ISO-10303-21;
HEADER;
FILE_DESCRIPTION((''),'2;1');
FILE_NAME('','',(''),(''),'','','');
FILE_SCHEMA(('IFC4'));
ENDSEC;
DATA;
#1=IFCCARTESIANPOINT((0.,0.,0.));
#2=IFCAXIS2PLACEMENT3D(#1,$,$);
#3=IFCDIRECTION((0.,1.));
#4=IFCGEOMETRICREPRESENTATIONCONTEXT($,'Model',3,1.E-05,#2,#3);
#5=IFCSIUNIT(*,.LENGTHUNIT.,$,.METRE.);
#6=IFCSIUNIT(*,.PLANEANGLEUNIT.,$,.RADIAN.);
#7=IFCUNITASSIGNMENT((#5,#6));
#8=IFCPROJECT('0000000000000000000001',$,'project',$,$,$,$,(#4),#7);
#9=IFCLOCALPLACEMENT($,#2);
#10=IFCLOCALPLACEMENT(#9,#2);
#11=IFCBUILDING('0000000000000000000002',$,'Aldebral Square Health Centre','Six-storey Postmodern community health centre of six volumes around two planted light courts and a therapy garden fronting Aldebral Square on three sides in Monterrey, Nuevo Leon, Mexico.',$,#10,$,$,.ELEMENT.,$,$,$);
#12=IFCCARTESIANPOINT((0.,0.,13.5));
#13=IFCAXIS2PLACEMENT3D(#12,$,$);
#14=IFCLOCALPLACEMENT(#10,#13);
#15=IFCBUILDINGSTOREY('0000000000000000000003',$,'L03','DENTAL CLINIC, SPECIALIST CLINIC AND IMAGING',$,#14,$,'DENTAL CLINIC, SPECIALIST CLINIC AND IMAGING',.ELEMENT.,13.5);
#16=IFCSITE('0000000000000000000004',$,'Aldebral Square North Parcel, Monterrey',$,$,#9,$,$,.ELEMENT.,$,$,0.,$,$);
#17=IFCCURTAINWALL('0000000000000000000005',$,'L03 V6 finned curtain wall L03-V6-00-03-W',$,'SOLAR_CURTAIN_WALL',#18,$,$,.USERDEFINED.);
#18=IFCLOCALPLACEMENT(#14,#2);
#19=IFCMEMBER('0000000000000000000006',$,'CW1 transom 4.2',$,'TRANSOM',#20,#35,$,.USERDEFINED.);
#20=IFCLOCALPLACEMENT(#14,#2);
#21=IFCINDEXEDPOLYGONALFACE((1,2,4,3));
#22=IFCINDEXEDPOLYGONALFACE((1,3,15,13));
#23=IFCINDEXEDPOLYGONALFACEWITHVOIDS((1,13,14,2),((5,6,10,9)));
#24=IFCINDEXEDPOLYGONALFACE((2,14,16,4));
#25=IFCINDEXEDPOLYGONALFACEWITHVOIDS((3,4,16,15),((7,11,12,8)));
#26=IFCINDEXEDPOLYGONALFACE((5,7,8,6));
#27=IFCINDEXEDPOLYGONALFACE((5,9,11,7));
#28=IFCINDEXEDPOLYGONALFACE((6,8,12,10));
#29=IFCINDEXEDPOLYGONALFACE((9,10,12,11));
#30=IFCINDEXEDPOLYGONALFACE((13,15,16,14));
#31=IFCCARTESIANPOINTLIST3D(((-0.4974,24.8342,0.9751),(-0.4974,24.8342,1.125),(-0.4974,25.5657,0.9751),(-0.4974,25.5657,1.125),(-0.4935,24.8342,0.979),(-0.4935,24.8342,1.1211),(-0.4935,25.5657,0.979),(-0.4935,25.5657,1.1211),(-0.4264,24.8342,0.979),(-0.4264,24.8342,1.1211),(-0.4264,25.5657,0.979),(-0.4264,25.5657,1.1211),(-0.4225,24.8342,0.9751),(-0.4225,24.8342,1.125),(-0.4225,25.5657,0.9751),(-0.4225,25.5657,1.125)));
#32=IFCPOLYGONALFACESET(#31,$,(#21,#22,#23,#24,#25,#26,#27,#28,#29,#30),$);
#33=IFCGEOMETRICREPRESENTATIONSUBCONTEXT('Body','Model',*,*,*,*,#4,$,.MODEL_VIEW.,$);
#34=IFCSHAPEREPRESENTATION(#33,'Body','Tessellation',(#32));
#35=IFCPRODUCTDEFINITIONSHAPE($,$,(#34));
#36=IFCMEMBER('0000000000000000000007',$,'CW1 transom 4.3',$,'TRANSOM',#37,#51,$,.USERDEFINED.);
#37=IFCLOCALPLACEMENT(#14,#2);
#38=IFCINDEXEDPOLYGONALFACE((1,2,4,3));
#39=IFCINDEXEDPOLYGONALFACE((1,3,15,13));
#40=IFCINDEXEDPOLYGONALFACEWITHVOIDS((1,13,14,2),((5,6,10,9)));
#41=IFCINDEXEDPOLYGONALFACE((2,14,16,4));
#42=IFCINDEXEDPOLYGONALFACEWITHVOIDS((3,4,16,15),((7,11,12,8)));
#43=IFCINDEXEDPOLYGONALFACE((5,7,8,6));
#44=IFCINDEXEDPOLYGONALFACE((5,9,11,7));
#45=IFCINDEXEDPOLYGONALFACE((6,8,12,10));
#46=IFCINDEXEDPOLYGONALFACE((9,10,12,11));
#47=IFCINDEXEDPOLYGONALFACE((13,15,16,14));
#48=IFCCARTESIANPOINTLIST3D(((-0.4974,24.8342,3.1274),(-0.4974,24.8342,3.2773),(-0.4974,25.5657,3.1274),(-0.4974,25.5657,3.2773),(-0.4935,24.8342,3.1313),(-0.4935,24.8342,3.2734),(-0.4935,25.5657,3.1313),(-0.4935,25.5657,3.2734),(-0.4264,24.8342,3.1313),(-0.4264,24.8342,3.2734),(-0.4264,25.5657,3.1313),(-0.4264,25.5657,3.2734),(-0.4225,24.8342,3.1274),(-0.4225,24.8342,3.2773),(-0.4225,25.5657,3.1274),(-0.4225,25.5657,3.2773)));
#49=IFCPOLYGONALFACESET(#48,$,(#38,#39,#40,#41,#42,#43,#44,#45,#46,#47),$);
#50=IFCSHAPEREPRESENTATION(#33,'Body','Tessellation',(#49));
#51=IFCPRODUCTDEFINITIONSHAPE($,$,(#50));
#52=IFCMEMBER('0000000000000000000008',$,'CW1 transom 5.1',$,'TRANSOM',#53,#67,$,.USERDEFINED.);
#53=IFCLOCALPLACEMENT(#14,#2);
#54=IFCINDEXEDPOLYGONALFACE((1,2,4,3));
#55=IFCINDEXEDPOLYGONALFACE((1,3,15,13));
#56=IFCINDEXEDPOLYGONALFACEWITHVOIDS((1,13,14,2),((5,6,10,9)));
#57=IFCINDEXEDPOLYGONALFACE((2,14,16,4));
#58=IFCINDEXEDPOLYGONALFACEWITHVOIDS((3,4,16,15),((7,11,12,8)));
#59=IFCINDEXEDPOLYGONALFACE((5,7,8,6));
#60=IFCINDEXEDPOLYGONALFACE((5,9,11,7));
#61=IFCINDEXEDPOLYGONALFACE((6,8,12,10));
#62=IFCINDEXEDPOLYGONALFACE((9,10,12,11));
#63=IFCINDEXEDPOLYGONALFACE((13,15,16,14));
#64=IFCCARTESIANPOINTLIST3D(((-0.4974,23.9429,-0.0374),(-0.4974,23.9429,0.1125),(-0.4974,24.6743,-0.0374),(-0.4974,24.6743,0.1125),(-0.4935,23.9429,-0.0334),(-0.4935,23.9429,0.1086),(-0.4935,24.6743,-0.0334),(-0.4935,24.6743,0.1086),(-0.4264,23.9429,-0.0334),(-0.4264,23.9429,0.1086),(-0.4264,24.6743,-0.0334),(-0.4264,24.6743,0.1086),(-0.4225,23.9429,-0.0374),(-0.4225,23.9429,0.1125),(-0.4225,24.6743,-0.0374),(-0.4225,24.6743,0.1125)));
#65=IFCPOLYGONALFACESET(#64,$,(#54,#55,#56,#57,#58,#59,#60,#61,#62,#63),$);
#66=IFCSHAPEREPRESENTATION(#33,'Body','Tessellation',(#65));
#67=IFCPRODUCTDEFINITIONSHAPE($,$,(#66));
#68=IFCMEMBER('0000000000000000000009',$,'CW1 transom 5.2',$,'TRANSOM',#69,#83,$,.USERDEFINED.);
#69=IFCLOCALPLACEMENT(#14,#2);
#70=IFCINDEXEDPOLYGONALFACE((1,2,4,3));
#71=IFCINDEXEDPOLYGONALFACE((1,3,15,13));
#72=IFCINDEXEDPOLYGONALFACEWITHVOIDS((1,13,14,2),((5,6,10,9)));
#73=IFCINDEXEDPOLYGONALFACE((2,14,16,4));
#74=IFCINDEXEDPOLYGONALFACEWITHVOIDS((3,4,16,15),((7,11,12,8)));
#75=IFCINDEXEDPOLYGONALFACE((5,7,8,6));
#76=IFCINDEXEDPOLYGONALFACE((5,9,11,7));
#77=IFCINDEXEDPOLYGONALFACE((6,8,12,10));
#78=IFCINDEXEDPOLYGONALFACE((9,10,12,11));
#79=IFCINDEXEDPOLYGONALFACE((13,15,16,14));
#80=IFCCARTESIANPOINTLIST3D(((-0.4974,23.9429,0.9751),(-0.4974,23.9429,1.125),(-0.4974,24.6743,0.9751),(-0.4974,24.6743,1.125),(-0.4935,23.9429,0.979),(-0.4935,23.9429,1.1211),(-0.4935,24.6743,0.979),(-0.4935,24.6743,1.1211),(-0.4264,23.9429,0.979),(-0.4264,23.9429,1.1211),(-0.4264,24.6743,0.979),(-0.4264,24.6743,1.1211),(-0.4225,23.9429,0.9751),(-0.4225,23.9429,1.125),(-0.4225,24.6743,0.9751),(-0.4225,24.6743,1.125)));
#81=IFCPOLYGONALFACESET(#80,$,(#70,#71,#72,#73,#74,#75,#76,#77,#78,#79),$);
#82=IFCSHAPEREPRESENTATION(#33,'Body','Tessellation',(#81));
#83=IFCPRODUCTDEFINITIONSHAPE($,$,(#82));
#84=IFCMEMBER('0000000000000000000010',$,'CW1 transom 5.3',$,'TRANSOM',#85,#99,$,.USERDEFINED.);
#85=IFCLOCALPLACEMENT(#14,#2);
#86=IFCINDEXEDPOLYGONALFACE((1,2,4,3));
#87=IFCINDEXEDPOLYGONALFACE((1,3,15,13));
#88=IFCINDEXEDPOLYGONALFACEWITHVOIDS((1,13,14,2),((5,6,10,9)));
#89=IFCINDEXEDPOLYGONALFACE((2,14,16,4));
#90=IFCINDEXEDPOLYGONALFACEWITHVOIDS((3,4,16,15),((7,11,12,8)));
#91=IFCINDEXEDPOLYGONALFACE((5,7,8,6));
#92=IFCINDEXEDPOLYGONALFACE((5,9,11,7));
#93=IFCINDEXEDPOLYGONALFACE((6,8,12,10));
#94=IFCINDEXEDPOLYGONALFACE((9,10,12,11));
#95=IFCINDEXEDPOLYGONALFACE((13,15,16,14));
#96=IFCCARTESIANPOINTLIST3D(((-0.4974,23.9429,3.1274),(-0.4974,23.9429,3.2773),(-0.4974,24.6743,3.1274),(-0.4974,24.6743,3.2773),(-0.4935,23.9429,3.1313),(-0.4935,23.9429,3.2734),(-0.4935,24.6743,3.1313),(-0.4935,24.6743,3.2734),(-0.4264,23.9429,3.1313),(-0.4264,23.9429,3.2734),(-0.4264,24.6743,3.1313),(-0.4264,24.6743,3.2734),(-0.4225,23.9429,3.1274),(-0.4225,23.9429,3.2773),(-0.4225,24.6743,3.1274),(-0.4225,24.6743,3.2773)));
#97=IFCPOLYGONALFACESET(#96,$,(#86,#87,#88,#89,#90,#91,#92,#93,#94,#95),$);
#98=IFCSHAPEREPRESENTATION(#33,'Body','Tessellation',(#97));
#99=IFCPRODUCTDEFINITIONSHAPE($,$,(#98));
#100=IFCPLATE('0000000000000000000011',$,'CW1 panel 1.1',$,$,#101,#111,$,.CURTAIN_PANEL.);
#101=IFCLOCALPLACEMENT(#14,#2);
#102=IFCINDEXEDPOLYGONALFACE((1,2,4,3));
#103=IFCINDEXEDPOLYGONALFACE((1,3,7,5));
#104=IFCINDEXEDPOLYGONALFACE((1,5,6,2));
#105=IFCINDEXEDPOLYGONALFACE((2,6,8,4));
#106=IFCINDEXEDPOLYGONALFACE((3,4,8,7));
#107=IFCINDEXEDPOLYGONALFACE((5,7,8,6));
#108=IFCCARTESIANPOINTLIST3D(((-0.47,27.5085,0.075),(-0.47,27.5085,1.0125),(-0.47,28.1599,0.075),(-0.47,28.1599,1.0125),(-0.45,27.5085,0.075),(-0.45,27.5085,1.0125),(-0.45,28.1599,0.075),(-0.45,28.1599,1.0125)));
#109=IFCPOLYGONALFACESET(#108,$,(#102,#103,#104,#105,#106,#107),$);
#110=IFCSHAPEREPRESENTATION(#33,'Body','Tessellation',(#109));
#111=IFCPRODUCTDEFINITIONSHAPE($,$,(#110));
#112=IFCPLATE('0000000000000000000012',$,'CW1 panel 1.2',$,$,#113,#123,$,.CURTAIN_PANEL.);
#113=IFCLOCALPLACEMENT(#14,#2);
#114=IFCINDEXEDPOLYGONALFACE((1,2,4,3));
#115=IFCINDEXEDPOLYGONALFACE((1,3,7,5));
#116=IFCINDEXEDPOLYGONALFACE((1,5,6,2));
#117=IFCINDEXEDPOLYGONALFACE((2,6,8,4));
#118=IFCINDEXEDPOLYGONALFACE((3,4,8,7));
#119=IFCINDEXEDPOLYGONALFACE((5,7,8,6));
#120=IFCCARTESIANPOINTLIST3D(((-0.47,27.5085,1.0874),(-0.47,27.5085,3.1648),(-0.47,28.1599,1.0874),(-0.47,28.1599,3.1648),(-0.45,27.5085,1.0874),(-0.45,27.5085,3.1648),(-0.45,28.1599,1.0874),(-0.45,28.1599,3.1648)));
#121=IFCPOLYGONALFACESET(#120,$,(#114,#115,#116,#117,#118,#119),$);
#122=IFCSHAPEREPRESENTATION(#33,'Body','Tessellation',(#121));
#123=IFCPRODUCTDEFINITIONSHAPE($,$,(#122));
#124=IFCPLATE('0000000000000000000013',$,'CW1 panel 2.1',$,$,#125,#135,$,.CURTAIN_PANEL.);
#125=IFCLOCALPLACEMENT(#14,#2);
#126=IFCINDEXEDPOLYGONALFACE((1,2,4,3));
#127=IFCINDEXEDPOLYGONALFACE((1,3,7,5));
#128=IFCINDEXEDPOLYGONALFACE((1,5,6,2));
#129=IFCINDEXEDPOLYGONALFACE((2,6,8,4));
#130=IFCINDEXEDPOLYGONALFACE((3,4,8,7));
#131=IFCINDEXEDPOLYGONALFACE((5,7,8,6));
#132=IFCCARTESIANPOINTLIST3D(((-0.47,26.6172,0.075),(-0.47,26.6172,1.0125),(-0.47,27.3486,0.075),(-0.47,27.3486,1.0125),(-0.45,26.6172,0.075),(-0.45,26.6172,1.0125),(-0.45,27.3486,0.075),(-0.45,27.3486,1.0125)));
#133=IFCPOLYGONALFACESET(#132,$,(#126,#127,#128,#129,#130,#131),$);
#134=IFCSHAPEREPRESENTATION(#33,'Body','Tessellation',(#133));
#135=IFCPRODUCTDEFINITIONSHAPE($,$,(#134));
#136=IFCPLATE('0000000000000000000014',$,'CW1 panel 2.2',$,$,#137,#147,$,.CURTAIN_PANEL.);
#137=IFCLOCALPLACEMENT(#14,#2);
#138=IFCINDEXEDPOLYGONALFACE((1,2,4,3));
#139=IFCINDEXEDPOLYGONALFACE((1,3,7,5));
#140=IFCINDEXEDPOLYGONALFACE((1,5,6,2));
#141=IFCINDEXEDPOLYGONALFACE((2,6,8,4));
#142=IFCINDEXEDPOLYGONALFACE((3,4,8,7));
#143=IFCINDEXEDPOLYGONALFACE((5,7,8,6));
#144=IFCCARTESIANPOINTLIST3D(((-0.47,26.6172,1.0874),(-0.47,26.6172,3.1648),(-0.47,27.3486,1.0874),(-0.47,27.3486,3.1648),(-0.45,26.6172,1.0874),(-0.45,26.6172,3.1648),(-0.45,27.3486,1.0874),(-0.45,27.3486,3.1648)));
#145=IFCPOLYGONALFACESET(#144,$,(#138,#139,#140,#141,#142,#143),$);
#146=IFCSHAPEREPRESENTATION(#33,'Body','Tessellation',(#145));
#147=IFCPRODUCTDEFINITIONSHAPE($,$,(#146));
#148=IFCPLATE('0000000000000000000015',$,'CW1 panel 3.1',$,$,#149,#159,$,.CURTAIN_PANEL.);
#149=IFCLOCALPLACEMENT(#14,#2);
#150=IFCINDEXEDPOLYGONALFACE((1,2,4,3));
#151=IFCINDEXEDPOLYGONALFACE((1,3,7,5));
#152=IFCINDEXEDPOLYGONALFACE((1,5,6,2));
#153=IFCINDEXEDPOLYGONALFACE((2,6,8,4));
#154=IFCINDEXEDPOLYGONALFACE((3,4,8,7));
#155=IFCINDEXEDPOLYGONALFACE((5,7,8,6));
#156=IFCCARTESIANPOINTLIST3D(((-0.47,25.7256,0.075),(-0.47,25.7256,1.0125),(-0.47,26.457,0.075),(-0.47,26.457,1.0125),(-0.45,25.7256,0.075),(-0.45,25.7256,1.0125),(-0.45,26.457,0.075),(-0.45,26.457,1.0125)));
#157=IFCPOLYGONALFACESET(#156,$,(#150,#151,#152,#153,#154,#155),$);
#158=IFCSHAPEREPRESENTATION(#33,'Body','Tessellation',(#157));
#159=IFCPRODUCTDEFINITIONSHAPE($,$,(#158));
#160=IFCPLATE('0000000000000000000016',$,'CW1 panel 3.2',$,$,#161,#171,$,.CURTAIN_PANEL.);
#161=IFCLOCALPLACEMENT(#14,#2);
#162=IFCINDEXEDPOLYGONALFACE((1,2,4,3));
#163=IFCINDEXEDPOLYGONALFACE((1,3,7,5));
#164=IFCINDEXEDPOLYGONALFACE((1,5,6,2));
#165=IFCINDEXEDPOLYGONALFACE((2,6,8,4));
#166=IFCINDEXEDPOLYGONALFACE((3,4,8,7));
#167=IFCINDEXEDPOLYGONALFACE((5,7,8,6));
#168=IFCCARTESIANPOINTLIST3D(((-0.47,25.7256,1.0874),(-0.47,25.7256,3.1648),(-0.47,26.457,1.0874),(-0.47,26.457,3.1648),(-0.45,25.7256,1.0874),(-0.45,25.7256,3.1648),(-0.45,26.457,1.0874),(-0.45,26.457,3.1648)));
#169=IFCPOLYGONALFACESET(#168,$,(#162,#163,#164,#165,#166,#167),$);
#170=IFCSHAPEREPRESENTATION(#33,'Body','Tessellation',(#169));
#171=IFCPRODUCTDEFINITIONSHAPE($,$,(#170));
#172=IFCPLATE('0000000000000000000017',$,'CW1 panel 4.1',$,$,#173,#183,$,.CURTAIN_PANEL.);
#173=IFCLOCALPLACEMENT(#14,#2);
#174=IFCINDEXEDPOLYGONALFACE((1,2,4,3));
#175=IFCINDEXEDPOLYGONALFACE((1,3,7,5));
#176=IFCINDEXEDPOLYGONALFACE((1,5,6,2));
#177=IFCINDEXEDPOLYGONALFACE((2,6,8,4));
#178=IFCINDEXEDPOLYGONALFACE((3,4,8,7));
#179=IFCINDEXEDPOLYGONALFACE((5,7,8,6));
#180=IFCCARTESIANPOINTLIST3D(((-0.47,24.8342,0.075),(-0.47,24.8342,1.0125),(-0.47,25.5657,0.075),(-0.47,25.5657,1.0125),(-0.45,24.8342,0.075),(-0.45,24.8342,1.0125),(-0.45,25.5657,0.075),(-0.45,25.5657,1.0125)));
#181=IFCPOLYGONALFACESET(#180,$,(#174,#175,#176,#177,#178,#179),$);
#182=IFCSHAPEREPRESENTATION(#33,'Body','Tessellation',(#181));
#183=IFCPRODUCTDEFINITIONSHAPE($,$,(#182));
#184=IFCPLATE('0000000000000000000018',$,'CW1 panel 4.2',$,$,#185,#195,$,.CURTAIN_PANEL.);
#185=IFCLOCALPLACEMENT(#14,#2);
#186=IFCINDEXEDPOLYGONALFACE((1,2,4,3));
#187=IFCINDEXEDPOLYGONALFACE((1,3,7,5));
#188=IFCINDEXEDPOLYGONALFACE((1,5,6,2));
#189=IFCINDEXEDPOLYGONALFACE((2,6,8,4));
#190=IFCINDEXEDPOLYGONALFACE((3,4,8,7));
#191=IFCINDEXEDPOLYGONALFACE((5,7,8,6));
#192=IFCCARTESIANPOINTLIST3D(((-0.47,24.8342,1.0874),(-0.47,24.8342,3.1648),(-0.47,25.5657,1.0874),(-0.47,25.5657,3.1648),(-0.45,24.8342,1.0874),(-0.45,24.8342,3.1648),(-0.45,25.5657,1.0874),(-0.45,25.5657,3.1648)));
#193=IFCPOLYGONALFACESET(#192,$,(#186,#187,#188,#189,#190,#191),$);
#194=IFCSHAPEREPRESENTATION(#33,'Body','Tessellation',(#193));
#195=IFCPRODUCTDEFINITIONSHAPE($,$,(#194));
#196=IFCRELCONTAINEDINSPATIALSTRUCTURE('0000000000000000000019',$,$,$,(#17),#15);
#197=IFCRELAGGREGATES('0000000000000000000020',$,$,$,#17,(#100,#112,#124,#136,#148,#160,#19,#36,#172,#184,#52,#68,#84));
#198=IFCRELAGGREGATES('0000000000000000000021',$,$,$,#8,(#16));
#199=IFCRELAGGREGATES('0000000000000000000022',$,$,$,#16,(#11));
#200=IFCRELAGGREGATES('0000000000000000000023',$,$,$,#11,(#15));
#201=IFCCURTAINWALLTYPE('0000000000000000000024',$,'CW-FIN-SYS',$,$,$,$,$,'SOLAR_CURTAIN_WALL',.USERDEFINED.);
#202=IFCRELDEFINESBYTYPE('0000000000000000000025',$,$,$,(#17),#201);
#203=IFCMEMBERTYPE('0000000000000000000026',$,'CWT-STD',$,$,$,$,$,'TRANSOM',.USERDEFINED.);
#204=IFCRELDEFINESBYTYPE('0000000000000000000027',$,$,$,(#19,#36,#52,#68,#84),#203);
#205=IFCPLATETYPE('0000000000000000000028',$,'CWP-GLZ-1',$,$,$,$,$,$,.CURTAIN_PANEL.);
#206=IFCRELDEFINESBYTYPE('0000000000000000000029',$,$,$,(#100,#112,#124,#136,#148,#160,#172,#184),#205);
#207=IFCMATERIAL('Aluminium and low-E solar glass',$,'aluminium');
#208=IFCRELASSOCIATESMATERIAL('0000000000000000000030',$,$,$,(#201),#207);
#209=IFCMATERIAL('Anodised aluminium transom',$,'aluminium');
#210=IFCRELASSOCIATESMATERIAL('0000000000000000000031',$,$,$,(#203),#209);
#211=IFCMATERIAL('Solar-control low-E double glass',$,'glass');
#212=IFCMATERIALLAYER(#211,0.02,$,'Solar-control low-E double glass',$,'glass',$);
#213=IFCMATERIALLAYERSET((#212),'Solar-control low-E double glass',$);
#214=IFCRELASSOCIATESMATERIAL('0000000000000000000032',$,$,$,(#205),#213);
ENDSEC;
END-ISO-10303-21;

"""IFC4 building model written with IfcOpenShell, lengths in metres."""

from ifc_helpers import new_model, si_unit, direction, frame, origin, origin_2d, place, context, subcontext, project, spatial, rectangle, hollow_rectangle, extrude, material, layer, layer_set, material_profile, profile_set, type_object, element, aggregate, save


model = new_model("IFC4")

# Units and contexts
model_context = context("Model", 3, precision=1e-05, world=origin(), true_north=direction((0.0, 1.0)))
body_context = subcontext(model_context, "Body", "Model", "MODEL_VIEW")
ifc_project = project(units=[si_unit("LENGTHUNIT", "METRE"), si_unit("PLANEANGLEUNIT", "RADIAN")], contexts=[model_context])

# Site, building, storey
site_placement = place(None, origin())
site = spatial("IfcSite", under=ifc_project, at=site_placement, Name="Aldebral Square North Parcel, Monterrey", CompositionType="ELEMENT", RefElevation=0.0)
building_placement = place(site_placement, origin())
building = spatial("IfcBuilding", under=site, at=building_placement, Name="Aldebral Square Health Centre", Description="Six-storey Postmodern community health centre of six volumes around two planted light courts and a therapy garden fronting Aldebral Square on three sides in Monterrey, Nuevo Leon, Mexico.", CompositionType="ELEMENT")
storey_placement = place(building_placement, frame((0.0, 0.0, 13.5)))
storey = spatial("IfcBuildingStorey", under=building, at=storey_placement, Name="L03", Description="DENTAL CLINIC, SPECIALIST CLINIC AND IMAGING", LongName="DENTAL CLINIC, SPECIALIST CLINIC AND IMAGING", CompositionType="ELEMENT", Elevation=13.5)

# Curtain wall, members, plates
ifc_material_1 = material(Name="Aluminium and low-E solar glass", Category="aluminium")
curtain_wall_type = type_object("IfcCurtainWallType", Name="CW-FIN-SYS", ElementType="SOLAR_CURTAIN_WALL", PredefinedType="USERDEFINED", material=ifc_material_1)
curtain_wall_placement = place(storey_placement, origin())
curtain_wall = element("IfcCurtainWall", 1, at=curtain_wall_placement, inside=storey, type_object=curtain_wall_type, Name="L03 V6 finned curtain wall L03-V6-00-03-W", ObjectType="SOLAR_CURTAIN_WALL", PredefinedType="USERDEFINED")
ifc_material_2 = material(Name="Anodised aluminium transom", Category="aluminium")
ifc_material_profile_1 = material_profile(ifc_material_2, hollow_rectangle(XDim=0.075, YDim=0.1499, WallThickness=0.0039, at=origin_2d()), Name="CWT 75x150x4")
ifc_profile_set_1 = profile_set([ifc_material_profile_1], Name="Anodised aluminium transom")
member_type_1 = type_object("IfcMemberType", Name="CWT-STD", ElementType="TRANSOM", PredefinedType="USERDEFINED", material=ifc_profile_set_1)
member_1_placement = place(storey_placement, frame((-0.46, 25.5657, 1.05), z_axis=(0.0, -1.0, 0.0), x_axis=(1.0, 0.0, 0.0)))
member_1 = element("IfcMember", 2, at=member_1_placement, type_object=member_type_1, Name="CW1 transom 4.2", ObjectType="TRANSOM", PredefinedType="USERDEFINED", context=body_context, shape_type="SweptSolid", body=[
    extrude(hollow_rectangle(XDim=0.075, YDim=0.1499, WallThickness=0.0039, at=origin_2d()), origin(), (0.0, 0.0, 1.0), 0.7314),
])
member_2_placement = place(storey_placement, frame((-0.46, 25.5657, 3.2024), z_axis=(0.0, -1.0, 0.0), x_axis=(1.0, 0.0, 0.0)))
member_2 = element("IfcMember", 3, at=member_2_placement, type_object=member_type_1, Name="CW1 transom 4.3", ObjectType="TRANSOM", PredefinedType="USERDEFINED", context=body_context, shape_type="SweptSolid", body=[
    extrude(hollow_rectangle(XDim=0.075, YDim=0.1499, WallThickness=0.0039, at=origin_2d()), origin(), (0.0, 0.0, 1.0), 0.7314),
])
member_3_placement = place(storey_placement, frame((-0.46, 24.6743, 0.0376), z_axis=(0.0, -1.0, 0.0), x_axis=(1.0, 0.0, 0.0)))
member_3 = element("IfcMember", 4, at=member_3_placement, type_object=member_type_1, Name="CW1 transom 5.1", ObjectType="TRANSOM", PredefinedType="USERDEFINED", context=body_context, shape_type="SweptSolid", body=[
    extrude(hollow_rectangle(XDim=0.075, YDim=0.1499, WallThickness=0.0039, at=origin_2d()), origin(), (0.0, 0.0, 1.0), 0.7314),
])
member_4_placement = place(storey_placement, frame((-0.46, 24.6743, 1.05), z_axis=(0.0, -1.0, 0.0), x_axis=(1.0, 0.0, 0.0)))
member_4 = element("IfcMember", 5, at=member_4_placement, type_object=member_type_1, Name="CW1 transom 5.2", ObjectType="TRANSOM", PredefinedType="USERDEFINED", context=body_context, shape_type="SweptSolid", body=[
    extrude(hollow_rectangle(XDim=0.075, YDim=0.1499, WallThickness=0.0039, at=origin_2d()), origin(), (0.0, 0.0, 1.0), 0.7314),
])
member_5_placement = place(storey_placement, frame((-0.46, 24.6743, 3.2024), z_axis=(0.0, -1.0, 0.0), x_axis=(1.0, 0.0, 0.0)))
member_5 = element("IfcMember", 6, at=member_5_placement, type_object=member_type_1, Name="CW1 transom 5.3", ObjectType="TRANSOM", PredefinedType="USERDEFINED", context=body_context, shape_type="SweptSolid", body=[
    extrude(hollow_rectangle(XDim=0.075, YDim=0.1499, WallThickness=0.0039, at=origin_2d()), origin(), (0.0, 0.0, 1.0), 0.7314),
])
ifc_material_3 = material(Name="Solar-control low-E double glass", Category="glass")
ifc_layer_1 = layer(ifc_material_3, 0.02, Name="Solar-control low-E double glass", Category="glass")
ifc_layer_set_1 = layer_set([ifc_layer_1], Name="Solar-control low-E double glass")
plate_type = type_object("IfcPlateType", Name="CWP-GLZ-1", PredefinedType="CURTAIN_PANEL", material=ifc_layer_set_1)
plate_1_placement = place(storey_placement, frame((-0.46, 27.8342, 0.075), z_axis=(0.0, 0.0, 1.0), x_axis=(0.0, -1.0, 0.0)))
plate_1 = element("IfcPlate", 7, at=plate_1_placement, type_object=plate_type, Name="CW1 panel 1.1", PredefinedType="CURTAIN_PANEL", context=body_context, shape_type="SweptSolid", body=[
    extrude(rectangle(XDim=0.6514, YDim=0.02, at=origin_2d()), origin(), (0.0, 0.0, 1.0), 0.9375),
])
plate_2_placement = place(storey_placement, frame((-0.46, 27.8342, 1.0874), z_axis=(0.0, 0.0, 1.0), x_axis=(0.0, -1.0, 0.0)))
plate_2 = element("IfcPlate", 8, at=plate_2_placement, type_object=plate_type, Name="CW1 panel 1.2", PredefinedType="CURTAIN_PANEL", context=body_context, shape_type="SweptSolid", body=[
    extrude(rectangle(XDim=0.6514, YDim=0.02, at=origin_2d()), origin(), (0.0, 0.0, 1.0), 2.0774),
])
plate_3_placement = place(storey_placement, frame((-0.46, 26.9829, 0.075), z_axis=(0.0, 0.0, 1.0), x_axis=(0.0, -1.0, 0.0)))
plate_3 = element("IfcPlate", 9, at=plate_3_placement, type_object=plate_type, Name="CW1 panel 2.1", PredefinedType="CURTAIN_PANEL", context=body_context, shape_type="SweptSolid", body=[
    extrude(rectangle(XDim=0.7314, YDim=0.02, at=origin_2d()), origin(), (0.0, 0.0, 1.0), 0.9375),
])
plate_4_placement = place(storey_placement, frame((-0.46, 26.9829, 1.0874), z_axis=(0.0, 0.0, 1.0), x_axis=(0.0, -1.0, 0.0)))
plate_4 = element("IfcPlate", 10, at=plate_4_placement, type_object=plate_type, Name="CW1 panel 2.2", PredefinedType="CURTAIN_PANEL", context=body_context, shape_type="SweptSolid", body=[
    extrude(rectangle(XDim=0.7314, YDim=0.02, at=origin_2d()), origin(), (0.0, 0.0, 1.0), 2.0774),
])
plate_5_placement = place(storey_placement, frame((-0.46, 26.0913, 0.075), z_axis=(0.0, 0.0, 1.0), x_axis=(0.0, -1.0, 0.0)))
plate_5 = element("IfcPlate", 11, at=plate_5_placement, type_object=plate_type, Name="CW1 panel 3.1", PredefinedType="CURTAIN_PANEL", context=body_context, shape_type="SweptSolid", body=[
    extrude(rectangle(XDim=0.7314, YDim=0.02, at=origin_2d()), origin(), (0.0, 0.0, 1.0), 0.9375),
])
plate_6_placement = place(storey_placement, frame((-0.46, 26.0913, 1.0874), z_axis=(0.0, 0.0, 1.0), x_axis=(0.0, -1.0, 0.0)))
plate_6 = element("IfcPlate", 12, at=plate_6_placement, type_object=plate_type, Name="CW1 panel 3.2", PredefinedType="CURTAIN_PANEL", context=body_context, shape_type="SweptSolid", body=[
    extrude(rectangle(XDim=0.7314, YDim=0.02, at=origin_2d()), origin(), (0.0, 0.0, 1.0), 2.0774),
])
plate_7_placement = place(storey_placement, frame((-0.46, 25.2, 0.075), z_axis=(0.0, 0.0, 1.0), x_axis=(0.0, -1.0, 0.0)))
plate_7 = element("IfcPlate", 13, at=plate_7_placement, type_object=plate_type, Name="CW1 panel 4.1", PredefinedType="CURTAIN_PANEL", context=body_context, shape_type="SweptSolid", body=[
    extrude(rectangle(XDim=0.7314, YDim=0.02, at=origin_2d()), origin(), (0.0, 0.0, 1.0), 0.9375),
])
plate_8_placement = place(storey_placement, frame((-0.46, 25.2, 1.0874), z_axis=(0.0, 0.0, 1.0), x_axis=(0.0, -1.0, 0.0)))
plate_8 = element("IfcPlate", 14, at=plate_8_placement, type_object=plate_type, Name="CW1 panel 4.2", PredefinedType="CURTAIN_PANEL", context=body_context, shape_type="SweptSolid", body=[
    extrude(rectangle(XDim=0.7314, YDim=0.02, at=origin_2d()), origin(), (0.0, 0.0, 1.0), 2.0774),
])
aggregate(curtain_wall, [plate_1, plate_2, plate_3, plate_4, plate_5, plate_6, member_1, member_2, plate_7, plate_8, member_3, member_4, member_5])

save(model, "model.ifc")
